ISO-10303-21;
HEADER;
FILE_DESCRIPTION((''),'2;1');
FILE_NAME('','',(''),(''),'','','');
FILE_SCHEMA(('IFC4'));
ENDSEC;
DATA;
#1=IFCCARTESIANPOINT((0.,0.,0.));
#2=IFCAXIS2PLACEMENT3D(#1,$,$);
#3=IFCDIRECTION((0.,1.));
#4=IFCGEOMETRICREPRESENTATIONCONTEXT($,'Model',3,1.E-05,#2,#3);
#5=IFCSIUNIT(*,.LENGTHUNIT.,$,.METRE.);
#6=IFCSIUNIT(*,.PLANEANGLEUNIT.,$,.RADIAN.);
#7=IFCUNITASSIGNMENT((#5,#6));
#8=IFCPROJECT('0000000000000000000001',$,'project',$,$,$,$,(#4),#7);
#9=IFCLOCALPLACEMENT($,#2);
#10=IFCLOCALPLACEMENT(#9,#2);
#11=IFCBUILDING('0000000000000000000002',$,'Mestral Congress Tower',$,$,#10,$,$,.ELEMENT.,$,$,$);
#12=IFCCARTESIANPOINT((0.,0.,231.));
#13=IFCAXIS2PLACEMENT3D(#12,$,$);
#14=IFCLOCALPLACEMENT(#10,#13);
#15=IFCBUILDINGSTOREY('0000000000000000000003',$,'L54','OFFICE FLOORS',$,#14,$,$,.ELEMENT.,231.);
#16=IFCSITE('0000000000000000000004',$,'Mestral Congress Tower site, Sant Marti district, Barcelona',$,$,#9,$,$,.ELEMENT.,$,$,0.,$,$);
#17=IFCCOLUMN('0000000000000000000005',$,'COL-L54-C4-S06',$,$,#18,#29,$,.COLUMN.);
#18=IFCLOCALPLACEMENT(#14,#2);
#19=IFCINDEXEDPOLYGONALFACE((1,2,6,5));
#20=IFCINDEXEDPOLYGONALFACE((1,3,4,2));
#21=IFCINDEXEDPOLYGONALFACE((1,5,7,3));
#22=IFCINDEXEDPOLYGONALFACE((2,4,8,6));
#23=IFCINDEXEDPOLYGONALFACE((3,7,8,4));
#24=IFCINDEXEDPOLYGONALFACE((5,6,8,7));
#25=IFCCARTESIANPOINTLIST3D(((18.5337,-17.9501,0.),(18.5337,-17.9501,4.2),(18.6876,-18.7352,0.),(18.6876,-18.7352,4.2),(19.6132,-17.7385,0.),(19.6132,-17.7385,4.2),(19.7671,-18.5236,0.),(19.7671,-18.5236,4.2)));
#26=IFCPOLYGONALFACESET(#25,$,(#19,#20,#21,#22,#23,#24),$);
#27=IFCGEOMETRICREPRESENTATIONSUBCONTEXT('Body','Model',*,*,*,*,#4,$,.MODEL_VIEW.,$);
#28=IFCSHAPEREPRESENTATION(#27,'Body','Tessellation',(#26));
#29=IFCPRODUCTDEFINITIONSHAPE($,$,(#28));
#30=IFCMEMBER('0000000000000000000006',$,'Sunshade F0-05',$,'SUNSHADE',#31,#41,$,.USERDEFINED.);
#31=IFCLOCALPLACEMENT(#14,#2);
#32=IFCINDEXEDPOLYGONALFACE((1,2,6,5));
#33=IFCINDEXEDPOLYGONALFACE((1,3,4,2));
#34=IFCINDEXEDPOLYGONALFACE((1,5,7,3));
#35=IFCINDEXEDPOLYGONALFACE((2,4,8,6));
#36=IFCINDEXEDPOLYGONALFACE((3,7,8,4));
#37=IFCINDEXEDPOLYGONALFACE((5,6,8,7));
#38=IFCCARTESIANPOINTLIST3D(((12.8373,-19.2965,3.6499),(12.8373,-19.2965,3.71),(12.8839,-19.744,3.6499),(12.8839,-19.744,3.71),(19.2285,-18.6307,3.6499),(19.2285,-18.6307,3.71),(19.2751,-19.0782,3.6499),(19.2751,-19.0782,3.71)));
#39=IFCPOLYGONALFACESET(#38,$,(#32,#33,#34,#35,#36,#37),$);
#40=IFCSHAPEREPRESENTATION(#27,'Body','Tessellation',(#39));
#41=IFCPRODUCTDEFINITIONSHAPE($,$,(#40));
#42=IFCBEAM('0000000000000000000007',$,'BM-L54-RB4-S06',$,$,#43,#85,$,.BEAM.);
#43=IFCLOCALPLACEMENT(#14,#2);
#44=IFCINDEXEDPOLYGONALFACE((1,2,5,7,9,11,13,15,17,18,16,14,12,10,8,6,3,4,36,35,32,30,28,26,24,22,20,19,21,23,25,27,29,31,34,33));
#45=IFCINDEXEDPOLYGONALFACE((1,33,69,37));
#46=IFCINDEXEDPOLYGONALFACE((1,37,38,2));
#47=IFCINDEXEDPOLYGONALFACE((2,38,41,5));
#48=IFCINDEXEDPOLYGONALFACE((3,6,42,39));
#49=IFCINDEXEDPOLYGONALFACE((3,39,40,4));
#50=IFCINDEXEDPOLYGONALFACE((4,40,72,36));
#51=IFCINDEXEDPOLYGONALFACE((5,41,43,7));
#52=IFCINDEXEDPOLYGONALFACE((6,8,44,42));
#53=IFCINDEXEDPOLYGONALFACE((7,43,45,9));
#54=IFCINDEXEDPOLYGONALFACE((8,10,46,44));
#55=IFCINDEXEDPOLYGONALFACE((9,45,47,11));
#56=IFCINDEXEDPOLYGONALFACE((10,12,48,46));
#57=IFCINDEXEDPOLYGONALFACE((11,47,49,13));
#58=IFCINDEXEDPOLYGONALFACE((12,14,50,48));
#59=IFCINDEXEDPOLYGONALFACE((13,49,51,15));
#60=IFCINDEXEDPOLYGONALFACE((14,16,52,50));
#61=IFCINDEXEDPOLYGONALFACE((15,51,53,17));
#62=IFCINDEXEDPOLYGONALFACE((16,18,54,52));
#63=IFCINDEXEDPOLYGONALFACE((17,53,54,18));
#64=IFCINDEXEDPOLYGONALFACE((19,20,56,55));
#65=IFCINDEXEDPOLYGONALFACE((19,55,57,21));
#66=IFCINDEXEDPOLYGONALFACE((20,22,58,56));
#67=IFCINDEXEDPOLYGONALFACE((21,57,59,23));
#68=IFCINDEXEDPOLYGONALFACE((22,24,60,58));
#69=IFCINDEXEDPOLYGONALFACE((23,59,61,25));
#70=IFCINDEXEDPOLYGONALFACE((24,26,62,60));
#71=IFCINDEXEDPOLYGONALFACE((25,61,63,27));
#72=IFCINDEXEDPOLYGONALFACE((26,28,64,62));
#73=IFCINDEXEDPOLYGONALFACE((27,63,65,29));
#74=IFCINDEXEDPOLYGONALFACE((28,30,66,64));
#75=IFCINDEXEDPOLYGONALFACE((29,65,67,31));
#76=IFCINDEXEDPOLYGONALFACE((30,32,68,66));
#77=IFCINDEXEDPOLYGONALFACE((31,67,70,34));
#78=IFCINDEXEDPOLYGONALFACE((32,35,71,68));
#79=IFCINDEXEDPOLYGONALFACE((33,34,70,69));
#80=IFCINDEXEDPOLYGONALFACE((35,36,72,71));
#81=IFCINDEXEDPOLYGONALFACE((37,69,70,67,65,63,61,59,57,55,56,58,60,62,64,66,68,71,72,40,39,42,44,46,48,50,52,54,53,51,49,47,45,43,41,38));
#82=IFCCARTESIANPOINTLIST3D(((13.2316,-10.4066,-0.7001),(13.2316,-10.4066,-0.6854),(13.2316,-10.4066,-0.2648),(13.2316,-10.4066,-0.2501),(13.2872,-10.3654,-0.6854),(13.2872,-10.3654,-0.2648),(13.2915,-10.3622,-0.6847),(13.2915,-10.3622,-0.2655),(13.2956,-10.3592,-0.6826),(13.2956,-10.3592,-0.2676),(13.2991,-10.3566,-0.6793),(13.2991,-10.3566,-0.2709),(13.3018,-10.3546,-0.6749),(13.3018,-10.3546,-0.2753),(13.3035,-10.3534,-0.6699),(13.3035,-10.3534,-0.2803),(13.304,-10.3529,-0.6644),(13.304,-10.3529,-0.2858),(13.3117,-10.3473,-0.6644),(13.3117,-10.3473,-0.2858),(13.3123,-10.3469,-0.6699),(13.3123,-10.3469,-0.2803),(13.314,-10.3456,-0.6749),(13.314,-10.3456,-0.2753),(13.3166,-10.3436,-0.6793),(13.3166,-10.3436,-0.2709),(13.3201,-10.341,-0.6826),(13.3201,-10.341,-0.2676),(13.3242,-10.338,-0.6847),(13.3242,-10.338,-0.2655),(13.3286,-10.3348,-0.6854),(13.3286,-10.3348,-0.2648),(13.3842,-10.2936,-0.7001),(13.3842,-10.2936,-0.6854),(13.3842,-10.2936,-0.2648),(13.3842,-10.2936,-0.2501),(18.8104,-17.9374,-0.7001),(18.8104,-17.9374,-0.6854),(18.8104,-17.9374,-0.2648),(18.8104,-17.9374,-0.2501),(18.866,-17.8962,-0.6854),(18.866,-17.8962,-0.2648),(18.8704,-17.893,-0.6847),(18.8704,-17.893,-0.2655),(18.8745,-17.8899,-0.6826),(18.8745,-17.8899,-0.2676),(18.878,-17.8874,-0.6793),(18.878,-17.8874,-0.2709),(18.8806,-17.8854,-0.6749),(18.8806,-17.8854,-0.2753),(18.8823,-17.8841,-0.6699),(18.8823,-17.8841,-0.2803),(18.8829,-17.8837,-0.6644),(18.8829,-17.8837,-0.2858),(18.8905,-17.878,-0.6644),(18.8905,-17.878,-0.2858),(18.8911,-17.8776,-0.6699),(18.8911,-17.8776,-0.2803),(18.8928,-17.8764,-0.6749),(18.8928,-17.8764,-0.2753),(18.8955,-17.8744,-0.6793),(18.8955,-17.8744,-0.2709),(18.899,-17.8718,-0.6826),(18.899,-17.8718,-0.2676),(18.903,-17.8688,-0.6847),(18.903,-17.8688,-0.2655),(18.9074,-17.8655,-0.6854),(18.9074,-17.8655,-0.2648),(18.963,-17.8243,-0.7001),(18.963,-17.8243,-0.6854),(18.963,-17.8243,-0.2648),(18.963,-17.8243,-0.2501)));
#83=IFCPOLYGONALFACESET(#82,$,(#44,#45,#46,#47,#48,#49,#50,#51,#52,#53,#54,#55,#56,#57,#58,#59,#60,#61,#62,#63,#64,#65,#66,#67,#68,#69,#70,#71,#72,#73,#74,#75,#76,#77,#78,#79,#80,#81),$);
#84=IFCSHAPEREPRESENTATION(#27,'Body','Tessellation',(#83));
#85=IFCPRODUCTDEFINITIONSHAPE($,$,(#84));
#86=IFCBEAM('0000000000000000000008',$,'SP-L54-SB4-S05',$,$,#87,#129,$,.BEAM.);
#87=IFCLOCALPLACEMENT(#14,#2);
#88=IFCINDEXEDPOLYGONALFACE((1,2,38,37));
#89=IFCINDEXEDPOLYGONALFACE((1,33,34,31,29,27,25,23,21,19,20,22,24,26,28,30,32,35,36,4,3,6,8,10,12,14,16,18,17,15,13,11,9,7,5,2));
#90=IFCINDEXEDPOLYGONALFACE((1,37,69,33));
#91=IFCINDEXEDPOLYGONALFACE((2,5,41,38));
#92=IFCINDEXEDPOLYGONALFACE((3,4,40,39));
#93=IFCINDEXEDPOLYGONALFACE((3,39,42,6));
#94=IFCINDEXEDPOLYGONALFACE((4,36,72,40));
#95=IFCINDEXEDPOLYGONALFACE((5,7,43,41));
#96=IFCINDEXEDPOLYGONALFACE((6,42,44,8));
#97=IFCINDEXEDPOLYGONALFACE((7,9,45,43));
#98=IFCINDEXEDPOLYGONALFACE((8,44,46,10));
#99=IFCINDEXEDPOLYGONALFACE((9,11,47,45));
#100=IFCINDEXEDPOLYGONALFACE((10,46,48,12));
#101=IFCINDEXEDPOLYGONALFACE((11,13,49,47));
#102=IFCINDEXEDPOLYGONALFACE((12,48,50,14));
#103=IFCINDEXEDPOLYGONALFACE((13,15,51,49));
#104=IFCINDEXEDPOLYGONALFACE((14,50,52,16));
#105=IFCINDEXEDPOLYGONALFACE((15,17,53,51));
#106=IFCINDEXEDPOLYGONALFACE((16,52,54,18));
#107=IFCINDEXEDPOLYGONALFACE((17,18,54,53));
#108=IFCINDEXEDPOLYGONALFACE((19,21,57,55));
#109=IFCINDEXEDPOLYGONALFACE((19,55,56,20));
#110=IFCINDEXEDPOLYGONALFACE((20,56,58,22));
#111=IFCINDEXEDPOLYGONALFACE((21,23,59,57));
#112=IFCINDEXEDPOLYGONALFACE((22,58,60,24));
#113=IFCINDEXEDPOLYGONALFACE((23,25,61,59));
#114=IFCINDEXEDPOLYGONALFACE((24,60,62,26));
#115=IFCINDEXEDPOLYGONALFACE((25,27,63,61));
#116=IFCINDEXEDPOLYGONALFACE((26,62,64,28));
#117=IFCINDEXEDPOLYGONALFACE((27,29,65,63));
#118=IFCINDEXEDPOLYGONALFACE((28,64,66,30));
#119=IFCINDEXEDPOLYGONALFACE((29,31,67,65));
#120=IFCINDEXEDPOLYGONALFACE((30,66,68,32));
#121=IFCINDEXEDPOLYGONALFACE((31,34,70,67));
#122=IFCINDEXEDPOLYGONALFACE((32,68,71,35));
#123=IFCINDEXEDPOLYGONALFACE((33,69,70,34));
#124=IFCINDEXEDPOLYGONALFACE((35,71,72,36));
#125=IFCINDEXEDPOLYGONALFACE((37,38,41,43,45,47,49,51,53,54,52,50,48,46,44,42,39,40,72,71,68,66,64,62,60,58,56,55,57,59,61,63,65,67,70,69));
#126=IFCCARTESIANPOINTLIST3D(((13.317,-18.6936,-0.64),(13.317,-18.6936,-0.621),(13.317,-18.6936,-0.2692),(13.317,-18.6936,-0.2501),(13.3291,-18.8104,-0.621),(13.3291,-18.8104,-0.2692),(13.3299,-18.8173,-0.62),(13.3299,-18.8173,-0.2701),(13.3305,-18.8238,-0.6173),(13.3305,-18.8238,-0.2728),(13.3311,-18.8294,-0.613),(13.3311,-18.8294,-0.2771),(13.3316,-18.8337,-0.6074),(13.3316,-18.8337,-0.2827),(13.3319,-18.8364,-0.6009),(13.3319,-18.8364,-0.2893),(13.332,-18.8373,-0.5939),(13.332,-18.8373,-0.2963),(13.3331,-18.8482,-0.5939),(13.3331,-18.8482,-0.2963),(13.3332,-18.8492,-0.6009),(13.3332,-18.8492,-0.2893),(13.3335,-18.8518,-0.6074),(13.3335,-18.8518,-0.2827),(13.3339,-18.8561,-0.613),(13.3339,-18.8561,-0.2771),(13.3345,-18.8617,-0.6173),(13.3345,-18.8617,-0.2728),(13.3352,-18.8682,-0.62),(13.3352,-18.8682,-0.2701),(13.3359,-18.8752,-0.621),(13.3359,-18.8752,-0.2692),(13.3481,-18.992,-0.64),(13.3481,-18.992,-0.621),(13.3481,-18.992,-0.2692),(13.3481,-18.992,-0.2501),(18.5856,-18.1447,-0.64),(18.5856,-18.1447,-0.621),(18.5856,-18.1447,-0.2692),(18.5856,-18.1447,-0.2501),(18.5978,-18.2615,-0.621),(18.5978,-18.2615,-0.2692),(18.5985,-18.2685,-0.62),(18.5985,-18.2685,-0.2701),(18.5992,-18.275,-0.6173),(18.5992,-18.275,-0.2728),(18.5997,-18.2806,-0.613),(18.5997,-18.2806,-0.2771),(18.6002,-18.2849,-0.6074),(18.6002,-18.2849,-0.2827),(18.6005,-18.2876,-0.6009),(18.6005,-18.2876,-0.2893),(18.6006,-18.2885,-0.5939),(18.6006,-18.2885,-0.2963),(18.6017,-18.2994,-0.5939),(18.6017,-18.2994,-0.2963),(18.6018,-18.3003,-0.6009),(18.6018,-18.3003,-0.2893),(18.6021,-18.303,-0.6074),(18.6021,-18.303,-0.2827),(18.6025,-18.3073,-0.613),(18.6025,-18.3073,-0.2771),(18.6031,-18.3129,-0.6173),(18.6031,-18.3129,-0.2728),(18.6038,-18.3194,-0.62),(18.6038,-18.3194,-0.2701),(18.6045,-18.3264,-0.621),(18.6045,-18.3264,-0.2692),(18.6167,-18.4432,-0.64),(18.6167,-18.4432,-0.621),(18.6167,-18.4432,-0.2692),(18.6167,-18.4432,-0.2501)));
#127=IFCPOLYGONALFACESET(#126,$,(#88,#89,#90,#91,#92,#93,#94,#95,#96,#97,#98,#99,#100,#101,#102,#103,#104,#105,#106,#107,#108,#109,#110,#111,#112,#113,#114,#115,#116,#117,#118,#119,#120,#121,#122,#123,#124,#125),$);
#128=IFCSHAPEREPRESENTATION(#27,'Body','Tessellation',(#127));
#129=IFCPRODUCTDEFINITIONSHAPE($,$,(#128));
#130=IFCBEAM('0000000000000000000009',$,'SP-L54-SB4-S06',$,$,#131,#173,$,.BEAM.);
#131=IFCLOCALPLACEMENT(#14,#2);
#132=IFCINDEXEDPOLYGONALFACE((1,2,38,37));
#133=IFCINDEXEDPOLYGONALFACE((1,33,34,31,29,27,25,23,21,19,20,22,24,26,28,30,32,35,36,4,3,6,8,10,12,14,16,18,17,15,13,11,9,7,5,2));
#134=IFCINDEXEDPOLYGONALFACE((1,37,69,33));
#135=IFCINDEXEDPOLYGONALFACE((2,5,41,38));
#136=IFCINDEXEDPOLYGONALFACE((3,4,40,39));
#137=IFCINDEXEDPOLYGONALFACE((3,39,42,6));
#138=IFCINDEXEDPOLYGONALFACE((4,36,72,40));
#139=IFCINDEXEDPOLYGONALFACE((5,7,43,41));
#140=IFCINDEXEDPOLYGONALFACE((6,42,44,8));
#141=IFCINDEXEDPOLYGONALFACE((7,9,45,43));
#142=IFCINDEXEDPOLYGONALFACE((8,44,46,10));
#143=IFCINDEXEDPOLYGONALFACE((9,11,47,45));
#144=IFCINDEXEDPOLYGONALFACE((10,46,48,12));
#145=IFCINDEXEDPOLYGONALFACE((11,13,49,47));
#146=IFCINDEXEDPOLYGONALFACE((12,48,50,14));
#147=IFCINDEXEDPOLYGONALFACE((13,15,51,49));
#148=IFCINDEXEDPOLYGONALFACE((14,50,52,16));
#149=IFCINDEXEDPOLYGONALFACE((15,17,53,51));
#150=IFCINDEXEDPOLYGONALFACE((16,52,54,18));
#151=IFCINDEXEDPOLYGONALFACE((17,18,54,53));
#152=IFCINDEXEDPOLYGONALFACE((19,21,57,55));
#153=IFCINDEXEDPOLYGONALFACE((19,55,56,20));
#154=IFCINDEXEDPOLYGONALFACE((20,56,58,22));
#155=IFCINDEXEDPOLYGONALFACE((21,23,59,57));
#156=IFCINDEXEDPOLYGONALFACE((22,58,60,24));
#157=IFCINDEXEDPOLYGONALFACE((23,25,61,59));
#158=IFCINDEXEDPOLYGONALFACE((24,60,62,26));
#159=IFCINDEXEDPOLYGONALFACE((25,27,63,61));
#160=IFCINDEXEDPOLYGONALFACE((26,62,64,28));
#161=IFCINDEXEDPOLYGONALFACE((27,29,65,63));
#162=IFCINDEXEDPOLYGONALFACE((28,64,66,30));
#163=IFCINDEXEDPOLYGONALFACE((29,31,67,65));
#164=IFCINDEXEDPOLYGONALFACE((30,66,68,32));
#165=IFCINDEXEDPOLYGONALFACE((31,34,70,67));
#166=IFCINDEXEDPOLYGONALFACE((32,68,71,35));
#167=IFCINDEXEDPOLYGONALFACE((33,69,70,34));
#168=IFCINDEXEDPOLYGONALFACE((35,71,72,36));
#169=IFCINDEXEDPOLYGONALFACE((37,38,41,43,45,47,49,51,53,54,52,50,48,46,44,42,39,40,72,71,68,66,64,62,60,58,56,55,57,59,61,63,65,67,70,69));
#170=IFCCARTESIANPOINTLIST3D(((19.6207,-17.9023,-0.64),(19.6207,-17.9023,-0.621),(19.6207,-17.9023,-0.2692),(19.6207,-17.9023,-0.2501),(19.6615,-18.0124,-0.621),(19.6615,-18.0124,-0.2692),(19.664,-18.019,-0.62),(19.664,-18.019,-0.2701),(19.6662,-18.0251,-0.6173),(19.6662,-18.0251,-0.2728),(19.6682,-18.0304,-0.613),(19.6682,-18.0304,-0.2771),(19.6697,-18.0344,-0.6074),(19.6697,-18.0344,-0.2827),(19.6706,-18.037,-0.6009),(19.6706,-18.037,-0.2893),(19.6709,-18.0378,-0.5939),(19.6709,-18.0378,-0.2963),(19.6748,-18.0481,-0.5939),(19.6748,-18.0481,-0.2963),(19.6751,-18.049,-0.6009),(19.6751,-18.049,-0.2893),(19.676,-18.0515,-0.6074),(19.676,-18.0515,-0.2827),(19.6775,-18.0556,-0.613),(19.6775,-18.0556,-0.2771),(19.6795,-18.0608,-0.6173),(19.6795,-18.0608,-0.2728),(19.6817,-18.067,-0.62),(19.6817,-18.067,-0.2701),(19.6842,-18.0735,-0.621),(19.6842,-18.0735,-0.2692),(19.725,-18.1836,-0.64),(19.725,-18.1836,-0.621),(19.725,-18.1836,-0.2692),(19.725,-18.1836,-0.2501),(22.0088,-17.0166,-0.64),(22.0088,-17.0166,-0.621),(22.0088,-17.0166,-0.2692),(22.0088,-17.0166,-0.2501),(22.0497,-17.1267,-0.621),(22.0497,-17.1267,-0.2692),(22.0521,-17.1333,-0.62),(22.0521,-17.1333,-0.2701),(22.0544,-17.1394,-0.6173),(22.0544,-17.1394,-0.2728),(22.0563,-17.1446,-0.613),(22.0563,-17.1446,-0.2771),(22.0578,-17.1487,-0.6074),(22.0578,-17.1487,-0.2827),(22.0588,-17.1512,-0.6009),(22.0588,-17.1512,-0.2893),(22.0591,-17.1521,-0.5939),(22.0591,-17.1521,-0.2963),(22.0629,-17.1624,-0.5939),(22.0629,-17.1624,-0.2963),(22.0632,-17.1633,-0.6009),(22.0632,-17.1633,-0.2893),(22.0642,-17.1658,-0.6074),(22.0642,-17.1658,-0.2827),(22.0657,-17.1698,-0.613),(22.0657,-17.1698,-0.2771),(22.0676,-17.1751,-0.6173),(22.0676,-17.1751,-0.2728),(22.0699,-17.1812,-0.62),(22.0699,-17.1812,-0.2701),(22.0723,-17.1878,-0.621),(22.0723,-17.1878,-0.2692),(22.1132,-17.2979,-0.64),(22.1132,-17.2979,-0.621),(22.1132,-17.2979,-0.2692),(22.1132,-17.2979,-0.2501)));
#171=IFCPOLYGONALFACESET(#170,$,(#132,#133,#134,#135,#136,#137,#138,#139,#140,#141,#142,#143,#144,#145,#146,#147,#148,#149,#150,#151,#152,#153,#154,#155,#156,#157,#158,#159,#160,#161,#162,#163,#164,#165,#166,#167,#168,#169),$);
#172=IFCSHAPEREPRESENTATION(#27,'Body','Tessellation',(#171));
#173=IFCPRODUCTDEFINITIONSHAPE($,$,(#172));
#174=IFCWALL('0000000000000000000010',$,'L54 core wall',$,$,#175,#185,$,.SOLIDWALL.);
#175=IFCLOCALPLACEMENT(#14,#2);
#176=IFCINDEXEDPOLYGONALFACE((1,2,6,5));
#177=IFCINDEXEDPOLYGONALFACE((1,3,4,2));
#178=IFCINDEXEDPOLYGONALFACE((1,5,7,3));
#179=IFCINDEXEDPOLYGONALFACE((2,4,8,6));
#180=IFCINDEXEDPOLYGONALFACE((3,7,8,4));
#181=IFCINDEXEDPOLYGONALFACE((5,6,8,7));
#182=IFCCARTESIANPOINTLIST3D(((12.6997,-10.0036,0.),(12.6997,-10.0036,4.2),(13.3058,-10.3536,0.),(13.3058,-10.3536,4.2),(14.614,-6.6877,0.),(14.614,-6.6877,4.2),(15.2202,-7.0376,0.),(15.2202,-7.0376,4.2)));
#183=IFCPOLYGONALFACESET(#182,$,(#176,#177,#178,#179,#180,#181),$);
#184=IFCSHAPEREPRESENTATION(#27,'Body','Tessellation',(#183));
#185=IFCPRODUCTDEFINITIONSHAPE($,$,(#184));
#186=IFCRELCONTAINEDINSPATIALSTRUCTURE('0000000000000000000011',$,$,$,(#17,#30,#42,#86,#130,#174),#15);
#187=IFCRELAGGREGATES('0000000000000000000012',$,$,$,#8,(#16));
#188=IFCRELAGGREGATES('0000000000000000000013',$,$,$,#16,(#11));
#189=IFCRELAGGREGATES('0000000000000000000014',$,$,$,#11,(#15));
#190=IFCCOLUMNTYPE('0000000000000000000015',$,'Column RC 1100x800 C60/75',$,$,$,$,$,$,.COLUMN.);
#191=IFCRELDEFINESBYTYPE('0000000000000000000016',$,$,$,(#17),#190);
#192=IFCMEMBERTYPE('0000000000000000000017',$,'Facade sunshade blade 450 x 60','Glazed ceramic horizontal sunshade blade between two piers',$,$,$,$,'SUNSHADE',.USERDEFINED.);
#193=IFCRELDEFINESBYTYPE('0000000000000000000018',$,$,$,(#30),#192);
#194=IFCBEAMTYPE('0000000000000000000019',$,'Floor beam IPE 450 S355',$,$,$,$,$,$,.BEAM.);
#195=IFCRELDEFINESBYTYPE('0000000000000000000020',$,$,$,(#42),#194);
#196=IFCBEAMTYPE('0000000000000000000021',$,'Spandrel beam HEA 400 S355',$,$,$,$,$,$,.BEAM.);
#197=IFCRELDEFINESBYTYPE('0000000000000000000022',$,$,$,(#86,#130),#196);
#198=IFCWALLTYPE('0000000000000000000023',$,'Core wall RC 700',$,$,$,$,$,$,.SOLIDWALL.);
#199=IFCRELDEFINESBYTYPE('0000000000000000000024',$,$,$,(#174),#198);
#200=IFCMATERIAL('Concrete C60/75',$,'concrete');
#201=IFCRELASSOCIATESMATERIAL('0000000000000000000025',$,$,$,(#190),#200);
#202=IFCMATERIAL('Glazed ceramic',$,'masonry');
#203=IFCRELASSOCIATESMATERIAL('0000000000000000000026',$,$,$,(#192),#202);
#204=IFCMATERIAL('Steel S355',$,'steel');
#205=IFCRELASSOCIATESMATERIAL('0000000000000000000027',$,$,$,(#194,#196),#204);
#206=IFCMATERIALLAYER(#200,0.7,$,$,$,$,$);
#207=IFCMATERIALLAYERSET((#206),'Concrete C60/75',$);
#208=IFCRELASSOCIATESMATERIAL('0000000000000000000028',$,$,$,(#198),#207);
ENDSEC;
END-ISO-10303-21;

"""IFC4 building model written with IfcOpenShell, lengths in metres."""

from ifc_helpers import new_model, si_unit, direction, frame, frame_2d, origin, origin_2d, place, context, subcontext, project, spatial, rectangle, i_section, extrude, material, layer, layer_set, material_profile, profile_set, type_object, element, save


model = new_model("IFC4")

# Units and contexts
model_context = context("Model", 3, precision=1e-05, world=origin(), true_north=direction((0.0, 1.0)))
body_context = subcontext(model_context, "Body", "Model", "MODEL_VIEW")
ifc_project = project(units=[si_unit("LENGTHUNIT", "METRE"), si_unit("PLANEANGLEUNIT", "RADIAN")], contexts=[model_context])

# Site, building, storey
site_placement = place(None, origin())
site = spatial("IfcSite", under=ifc_project, at=site_placement, Name="Mestral Congress Tower site, Sant Marti district, Barcelona", CompositionType="ELEMENT", RefElevation=0.0)
building_placement = place(site_placement, origin())
building = spatial("IfcBuilding", under=site, at=building_placement, Name="Mestral Congress Tower", CompositionType="ELEMENT")
storey_placement = place(building_placement, frame((0.0, 0.0, 231.0)))
storey = spatial("IfcBuildingStorey", under=building, at=storey_placement, Name="L54", Description="OFFICE FLOORS", CompositionType="ELEMENT", Elevation=231.0)

# Column
ifc_material_1 = material(Name="Concrete C60/75", Category="concrete")
ifc_material_profile_1 = material_profile(ifc_material_1, rectangle(XDim=1.1001, YDim=0.8, at=origin_2d()), Name="RC 1100x800")
ifc_profile_set_1 = profile_set([ifc_material_profile_1], Name="Concrete C60/75")
column_type = type_object("IfcColumnType", Name="Column RC 1100x800 C60/75", PredefinedType="COLUMN", material=ifc_profile_set_1)
column_placement = place(storey_placement, frame((19.1504, -18.2368, 0.0), z_axis=(0.0, 0.0, 1.0), x_axis=(0.981325, 0.192359, 0.0)))
element("IfcColumn", 1, at=column_placement, inside=storey, type_object=column_type, Name="COL-L54-C4-S06", PredefinedType="COLUMN", context=body_context, shape_type="SweptSolid", body=[
    extrude(rectangle(XDim=1.1001, YDim=0.8, at=origin_2d()), origin(), (0.0, 0.0, 1.0), 4.2),
])

# Member
ifc_material_2 = material(Name="Glazed ceramic", Category="masonry")
ifc_material_profile_2 = material_profile(ifc_material_2, rectangle(XDim=0.45, YDim=0.0601, at=origin_2d()), Name="Ceramic blade 450 x 60")
ifc_profile_set_2 = profile_set([ifc_material_profile_2], Name="Glazed ceramic")
member_type = type_object("IfcMemberType", Name="Facade sunshade blade 450 x 60", Description="Glazed ceramic horizontal sunshade blade between two piers", ElementType="SUNSHADE", PredefinedType="USERDEFINED", material=ifc_profile_set_2)
member_placement = place(storey_placement, frame((12.8606, -19.5203, 3.6799), z_axis=(0.994618, 0.103611, 0.0), x_axis=(-0.103611, 0.994618, 0.0)))
element("IfcMember", 2, at=member_placement, inside=storey, type_object=member_type, Name="Sunshade F0-05", ObjectType="SUNSHADE", PredefinedType="USERDEFINED", context=body_context, shape_type="SweptSolid", body=[
    extrude(rectangle(XDim=0.45, YDim=0.0601, at=origin_2d()), origin(), (0.0, 0.0, 1.0), 6.4258),
])

# Beams
ifc_material_3 = material(Name="Steel S355", Category="steel")
ifc_material_profile_3 = material_profile(ifc_material_3, i_section(OverallWidth=0.1899, OverallDepth=0.45, WebThickness=0.0095, FlangeThickness=0.0146, FilletRadius=0.021, at=origin_2d()), Name="IPE 450")
ifc_profile_set_3 = profile_set([ifc_material_profile_3], Name="Steel S355")
beam_type_1 = type_object("IfcBeamType", Name="Floor beam IPE 450 S355", PredefinedType="BEAM", material=ifc_profile_set_3)
beam_1_placement = place(storey_placement, frame((18.8867, -17.8809, -0.4751), z_axis=(-0.595263, 0.803531, 0.0), x_axis=(-0.803531, -0.595263, 0.0)))
element("IfcBeam", 3, at=beam_1_placement, inside=storey, type_object=beam_type_1, Name="BM-L54-RB4-S06", PredefinedType="BEAM", context=body_context, shape_type="SweptSolid", body=[
    extrude(i_section(OverallWidth=0.1899, OverallDepth=0.45, WebThickness=0.0095, FlangeThickness=0.0146, FilletRadius=0.021, at=origin_2d()), origin(), (0.0, 0.0, 1.0), 9.3721),
])
ifc_material_profile_4 = material_profile(ifc_material_3, i_section(OverallWidth=0.3, OverallDepth=0.3899, WebThickness=0.011, FlangeThickness=0.019, FilletRadius=0.0271, at=origin_2d()), Name="HEA 400")
ifc_profile_set_4 = profile_set([ifc_material_profile_4], Name="Steel S355")
beam_type_2 = type_object("IfcBeamType", Name="Spandrel beam HEA 400 S355", PredefinedType="BEAM", material=ifc_profile_set_4)
beam_2_placement = place(storey_placement, frame((13.3325, -18.8428, -0.4451), z_axis=(0.994618, 0.10361, 0.0), x_axis=(-0.10361, 0.994618, 0.0)))
element("IfcBeam", 4, at=beam_2_placement, inside=storey, type_object=beam_type_2, Name="SP-L54-SB4-S05", PredefinedType="BEAM", context=body_context, shape_type="SweptSolid", body=[
    extrude(i_section(OverallWidth=0.3, OverallDepth=0.3899, WebThickness=0.011, FlangeThickness=0.019, FilletRadius=0.0271, at=origin_2d()), origin(), (0.0, 0.0, 1.0), 5.2971),
])
beam_3_placement = place(storey_placement, frame((19.6729, -18.043, -0.4451), z_axis=(0.937591, 0.347739, 0.0), x_axis=(-0.347739, 0.937591, 0.0)))
element("IfcBeam", 5, at=beam_3_placement, inside=storey, type_object=beam_type_2, Name="SP-L54-SB4-S06", PredefinedType="BEAM", context=body_context, shape_type="SweptSolid", body=[
    extrude(i_section(OverallWidth=0.3, OverallDepth=0.3899, WebThickness=0.011, FlangeThickness=0.019, FilletRadius=0.0271, at=origin_2d()), origin(), (0.0, 0.0, 1.0), 2.5471),
])

# Wall
ifc_layer_1 = layer(ifc_material_1, 0.7)
ifc_layer_set_1 = layer_set([ifc_layer_1], Name="Concrete C60/75")
wall_type_1 = type_object("IfcWallType", Name="Core wall RC 700", PredefinedType="SOLIDWALL", material=ifc_layer_set_1)
wall_1_placement = place(storey_placement, frame((13.0027, -10.1787, 0.0), z_axis=(0.0, 0.0, 1.0), x_axis=(0.499973, 0.866041, 0.0)))
element("IfcWall", 6, at=wall_1_placement, inside=storey, type_object=wall_type_1, Name="L54 core wall", PredefinedType="SOLIDWALL", context=body_context, shape_type="SweptSolid", body=[
    extrude(rectangle(XDim=3.8289, YDim=0.7, at=frame_2d((1.9146, 0.0))), origin(), (0.0, 0.0, 1.0), 4.2),
])

save(model, "model.ifc")
